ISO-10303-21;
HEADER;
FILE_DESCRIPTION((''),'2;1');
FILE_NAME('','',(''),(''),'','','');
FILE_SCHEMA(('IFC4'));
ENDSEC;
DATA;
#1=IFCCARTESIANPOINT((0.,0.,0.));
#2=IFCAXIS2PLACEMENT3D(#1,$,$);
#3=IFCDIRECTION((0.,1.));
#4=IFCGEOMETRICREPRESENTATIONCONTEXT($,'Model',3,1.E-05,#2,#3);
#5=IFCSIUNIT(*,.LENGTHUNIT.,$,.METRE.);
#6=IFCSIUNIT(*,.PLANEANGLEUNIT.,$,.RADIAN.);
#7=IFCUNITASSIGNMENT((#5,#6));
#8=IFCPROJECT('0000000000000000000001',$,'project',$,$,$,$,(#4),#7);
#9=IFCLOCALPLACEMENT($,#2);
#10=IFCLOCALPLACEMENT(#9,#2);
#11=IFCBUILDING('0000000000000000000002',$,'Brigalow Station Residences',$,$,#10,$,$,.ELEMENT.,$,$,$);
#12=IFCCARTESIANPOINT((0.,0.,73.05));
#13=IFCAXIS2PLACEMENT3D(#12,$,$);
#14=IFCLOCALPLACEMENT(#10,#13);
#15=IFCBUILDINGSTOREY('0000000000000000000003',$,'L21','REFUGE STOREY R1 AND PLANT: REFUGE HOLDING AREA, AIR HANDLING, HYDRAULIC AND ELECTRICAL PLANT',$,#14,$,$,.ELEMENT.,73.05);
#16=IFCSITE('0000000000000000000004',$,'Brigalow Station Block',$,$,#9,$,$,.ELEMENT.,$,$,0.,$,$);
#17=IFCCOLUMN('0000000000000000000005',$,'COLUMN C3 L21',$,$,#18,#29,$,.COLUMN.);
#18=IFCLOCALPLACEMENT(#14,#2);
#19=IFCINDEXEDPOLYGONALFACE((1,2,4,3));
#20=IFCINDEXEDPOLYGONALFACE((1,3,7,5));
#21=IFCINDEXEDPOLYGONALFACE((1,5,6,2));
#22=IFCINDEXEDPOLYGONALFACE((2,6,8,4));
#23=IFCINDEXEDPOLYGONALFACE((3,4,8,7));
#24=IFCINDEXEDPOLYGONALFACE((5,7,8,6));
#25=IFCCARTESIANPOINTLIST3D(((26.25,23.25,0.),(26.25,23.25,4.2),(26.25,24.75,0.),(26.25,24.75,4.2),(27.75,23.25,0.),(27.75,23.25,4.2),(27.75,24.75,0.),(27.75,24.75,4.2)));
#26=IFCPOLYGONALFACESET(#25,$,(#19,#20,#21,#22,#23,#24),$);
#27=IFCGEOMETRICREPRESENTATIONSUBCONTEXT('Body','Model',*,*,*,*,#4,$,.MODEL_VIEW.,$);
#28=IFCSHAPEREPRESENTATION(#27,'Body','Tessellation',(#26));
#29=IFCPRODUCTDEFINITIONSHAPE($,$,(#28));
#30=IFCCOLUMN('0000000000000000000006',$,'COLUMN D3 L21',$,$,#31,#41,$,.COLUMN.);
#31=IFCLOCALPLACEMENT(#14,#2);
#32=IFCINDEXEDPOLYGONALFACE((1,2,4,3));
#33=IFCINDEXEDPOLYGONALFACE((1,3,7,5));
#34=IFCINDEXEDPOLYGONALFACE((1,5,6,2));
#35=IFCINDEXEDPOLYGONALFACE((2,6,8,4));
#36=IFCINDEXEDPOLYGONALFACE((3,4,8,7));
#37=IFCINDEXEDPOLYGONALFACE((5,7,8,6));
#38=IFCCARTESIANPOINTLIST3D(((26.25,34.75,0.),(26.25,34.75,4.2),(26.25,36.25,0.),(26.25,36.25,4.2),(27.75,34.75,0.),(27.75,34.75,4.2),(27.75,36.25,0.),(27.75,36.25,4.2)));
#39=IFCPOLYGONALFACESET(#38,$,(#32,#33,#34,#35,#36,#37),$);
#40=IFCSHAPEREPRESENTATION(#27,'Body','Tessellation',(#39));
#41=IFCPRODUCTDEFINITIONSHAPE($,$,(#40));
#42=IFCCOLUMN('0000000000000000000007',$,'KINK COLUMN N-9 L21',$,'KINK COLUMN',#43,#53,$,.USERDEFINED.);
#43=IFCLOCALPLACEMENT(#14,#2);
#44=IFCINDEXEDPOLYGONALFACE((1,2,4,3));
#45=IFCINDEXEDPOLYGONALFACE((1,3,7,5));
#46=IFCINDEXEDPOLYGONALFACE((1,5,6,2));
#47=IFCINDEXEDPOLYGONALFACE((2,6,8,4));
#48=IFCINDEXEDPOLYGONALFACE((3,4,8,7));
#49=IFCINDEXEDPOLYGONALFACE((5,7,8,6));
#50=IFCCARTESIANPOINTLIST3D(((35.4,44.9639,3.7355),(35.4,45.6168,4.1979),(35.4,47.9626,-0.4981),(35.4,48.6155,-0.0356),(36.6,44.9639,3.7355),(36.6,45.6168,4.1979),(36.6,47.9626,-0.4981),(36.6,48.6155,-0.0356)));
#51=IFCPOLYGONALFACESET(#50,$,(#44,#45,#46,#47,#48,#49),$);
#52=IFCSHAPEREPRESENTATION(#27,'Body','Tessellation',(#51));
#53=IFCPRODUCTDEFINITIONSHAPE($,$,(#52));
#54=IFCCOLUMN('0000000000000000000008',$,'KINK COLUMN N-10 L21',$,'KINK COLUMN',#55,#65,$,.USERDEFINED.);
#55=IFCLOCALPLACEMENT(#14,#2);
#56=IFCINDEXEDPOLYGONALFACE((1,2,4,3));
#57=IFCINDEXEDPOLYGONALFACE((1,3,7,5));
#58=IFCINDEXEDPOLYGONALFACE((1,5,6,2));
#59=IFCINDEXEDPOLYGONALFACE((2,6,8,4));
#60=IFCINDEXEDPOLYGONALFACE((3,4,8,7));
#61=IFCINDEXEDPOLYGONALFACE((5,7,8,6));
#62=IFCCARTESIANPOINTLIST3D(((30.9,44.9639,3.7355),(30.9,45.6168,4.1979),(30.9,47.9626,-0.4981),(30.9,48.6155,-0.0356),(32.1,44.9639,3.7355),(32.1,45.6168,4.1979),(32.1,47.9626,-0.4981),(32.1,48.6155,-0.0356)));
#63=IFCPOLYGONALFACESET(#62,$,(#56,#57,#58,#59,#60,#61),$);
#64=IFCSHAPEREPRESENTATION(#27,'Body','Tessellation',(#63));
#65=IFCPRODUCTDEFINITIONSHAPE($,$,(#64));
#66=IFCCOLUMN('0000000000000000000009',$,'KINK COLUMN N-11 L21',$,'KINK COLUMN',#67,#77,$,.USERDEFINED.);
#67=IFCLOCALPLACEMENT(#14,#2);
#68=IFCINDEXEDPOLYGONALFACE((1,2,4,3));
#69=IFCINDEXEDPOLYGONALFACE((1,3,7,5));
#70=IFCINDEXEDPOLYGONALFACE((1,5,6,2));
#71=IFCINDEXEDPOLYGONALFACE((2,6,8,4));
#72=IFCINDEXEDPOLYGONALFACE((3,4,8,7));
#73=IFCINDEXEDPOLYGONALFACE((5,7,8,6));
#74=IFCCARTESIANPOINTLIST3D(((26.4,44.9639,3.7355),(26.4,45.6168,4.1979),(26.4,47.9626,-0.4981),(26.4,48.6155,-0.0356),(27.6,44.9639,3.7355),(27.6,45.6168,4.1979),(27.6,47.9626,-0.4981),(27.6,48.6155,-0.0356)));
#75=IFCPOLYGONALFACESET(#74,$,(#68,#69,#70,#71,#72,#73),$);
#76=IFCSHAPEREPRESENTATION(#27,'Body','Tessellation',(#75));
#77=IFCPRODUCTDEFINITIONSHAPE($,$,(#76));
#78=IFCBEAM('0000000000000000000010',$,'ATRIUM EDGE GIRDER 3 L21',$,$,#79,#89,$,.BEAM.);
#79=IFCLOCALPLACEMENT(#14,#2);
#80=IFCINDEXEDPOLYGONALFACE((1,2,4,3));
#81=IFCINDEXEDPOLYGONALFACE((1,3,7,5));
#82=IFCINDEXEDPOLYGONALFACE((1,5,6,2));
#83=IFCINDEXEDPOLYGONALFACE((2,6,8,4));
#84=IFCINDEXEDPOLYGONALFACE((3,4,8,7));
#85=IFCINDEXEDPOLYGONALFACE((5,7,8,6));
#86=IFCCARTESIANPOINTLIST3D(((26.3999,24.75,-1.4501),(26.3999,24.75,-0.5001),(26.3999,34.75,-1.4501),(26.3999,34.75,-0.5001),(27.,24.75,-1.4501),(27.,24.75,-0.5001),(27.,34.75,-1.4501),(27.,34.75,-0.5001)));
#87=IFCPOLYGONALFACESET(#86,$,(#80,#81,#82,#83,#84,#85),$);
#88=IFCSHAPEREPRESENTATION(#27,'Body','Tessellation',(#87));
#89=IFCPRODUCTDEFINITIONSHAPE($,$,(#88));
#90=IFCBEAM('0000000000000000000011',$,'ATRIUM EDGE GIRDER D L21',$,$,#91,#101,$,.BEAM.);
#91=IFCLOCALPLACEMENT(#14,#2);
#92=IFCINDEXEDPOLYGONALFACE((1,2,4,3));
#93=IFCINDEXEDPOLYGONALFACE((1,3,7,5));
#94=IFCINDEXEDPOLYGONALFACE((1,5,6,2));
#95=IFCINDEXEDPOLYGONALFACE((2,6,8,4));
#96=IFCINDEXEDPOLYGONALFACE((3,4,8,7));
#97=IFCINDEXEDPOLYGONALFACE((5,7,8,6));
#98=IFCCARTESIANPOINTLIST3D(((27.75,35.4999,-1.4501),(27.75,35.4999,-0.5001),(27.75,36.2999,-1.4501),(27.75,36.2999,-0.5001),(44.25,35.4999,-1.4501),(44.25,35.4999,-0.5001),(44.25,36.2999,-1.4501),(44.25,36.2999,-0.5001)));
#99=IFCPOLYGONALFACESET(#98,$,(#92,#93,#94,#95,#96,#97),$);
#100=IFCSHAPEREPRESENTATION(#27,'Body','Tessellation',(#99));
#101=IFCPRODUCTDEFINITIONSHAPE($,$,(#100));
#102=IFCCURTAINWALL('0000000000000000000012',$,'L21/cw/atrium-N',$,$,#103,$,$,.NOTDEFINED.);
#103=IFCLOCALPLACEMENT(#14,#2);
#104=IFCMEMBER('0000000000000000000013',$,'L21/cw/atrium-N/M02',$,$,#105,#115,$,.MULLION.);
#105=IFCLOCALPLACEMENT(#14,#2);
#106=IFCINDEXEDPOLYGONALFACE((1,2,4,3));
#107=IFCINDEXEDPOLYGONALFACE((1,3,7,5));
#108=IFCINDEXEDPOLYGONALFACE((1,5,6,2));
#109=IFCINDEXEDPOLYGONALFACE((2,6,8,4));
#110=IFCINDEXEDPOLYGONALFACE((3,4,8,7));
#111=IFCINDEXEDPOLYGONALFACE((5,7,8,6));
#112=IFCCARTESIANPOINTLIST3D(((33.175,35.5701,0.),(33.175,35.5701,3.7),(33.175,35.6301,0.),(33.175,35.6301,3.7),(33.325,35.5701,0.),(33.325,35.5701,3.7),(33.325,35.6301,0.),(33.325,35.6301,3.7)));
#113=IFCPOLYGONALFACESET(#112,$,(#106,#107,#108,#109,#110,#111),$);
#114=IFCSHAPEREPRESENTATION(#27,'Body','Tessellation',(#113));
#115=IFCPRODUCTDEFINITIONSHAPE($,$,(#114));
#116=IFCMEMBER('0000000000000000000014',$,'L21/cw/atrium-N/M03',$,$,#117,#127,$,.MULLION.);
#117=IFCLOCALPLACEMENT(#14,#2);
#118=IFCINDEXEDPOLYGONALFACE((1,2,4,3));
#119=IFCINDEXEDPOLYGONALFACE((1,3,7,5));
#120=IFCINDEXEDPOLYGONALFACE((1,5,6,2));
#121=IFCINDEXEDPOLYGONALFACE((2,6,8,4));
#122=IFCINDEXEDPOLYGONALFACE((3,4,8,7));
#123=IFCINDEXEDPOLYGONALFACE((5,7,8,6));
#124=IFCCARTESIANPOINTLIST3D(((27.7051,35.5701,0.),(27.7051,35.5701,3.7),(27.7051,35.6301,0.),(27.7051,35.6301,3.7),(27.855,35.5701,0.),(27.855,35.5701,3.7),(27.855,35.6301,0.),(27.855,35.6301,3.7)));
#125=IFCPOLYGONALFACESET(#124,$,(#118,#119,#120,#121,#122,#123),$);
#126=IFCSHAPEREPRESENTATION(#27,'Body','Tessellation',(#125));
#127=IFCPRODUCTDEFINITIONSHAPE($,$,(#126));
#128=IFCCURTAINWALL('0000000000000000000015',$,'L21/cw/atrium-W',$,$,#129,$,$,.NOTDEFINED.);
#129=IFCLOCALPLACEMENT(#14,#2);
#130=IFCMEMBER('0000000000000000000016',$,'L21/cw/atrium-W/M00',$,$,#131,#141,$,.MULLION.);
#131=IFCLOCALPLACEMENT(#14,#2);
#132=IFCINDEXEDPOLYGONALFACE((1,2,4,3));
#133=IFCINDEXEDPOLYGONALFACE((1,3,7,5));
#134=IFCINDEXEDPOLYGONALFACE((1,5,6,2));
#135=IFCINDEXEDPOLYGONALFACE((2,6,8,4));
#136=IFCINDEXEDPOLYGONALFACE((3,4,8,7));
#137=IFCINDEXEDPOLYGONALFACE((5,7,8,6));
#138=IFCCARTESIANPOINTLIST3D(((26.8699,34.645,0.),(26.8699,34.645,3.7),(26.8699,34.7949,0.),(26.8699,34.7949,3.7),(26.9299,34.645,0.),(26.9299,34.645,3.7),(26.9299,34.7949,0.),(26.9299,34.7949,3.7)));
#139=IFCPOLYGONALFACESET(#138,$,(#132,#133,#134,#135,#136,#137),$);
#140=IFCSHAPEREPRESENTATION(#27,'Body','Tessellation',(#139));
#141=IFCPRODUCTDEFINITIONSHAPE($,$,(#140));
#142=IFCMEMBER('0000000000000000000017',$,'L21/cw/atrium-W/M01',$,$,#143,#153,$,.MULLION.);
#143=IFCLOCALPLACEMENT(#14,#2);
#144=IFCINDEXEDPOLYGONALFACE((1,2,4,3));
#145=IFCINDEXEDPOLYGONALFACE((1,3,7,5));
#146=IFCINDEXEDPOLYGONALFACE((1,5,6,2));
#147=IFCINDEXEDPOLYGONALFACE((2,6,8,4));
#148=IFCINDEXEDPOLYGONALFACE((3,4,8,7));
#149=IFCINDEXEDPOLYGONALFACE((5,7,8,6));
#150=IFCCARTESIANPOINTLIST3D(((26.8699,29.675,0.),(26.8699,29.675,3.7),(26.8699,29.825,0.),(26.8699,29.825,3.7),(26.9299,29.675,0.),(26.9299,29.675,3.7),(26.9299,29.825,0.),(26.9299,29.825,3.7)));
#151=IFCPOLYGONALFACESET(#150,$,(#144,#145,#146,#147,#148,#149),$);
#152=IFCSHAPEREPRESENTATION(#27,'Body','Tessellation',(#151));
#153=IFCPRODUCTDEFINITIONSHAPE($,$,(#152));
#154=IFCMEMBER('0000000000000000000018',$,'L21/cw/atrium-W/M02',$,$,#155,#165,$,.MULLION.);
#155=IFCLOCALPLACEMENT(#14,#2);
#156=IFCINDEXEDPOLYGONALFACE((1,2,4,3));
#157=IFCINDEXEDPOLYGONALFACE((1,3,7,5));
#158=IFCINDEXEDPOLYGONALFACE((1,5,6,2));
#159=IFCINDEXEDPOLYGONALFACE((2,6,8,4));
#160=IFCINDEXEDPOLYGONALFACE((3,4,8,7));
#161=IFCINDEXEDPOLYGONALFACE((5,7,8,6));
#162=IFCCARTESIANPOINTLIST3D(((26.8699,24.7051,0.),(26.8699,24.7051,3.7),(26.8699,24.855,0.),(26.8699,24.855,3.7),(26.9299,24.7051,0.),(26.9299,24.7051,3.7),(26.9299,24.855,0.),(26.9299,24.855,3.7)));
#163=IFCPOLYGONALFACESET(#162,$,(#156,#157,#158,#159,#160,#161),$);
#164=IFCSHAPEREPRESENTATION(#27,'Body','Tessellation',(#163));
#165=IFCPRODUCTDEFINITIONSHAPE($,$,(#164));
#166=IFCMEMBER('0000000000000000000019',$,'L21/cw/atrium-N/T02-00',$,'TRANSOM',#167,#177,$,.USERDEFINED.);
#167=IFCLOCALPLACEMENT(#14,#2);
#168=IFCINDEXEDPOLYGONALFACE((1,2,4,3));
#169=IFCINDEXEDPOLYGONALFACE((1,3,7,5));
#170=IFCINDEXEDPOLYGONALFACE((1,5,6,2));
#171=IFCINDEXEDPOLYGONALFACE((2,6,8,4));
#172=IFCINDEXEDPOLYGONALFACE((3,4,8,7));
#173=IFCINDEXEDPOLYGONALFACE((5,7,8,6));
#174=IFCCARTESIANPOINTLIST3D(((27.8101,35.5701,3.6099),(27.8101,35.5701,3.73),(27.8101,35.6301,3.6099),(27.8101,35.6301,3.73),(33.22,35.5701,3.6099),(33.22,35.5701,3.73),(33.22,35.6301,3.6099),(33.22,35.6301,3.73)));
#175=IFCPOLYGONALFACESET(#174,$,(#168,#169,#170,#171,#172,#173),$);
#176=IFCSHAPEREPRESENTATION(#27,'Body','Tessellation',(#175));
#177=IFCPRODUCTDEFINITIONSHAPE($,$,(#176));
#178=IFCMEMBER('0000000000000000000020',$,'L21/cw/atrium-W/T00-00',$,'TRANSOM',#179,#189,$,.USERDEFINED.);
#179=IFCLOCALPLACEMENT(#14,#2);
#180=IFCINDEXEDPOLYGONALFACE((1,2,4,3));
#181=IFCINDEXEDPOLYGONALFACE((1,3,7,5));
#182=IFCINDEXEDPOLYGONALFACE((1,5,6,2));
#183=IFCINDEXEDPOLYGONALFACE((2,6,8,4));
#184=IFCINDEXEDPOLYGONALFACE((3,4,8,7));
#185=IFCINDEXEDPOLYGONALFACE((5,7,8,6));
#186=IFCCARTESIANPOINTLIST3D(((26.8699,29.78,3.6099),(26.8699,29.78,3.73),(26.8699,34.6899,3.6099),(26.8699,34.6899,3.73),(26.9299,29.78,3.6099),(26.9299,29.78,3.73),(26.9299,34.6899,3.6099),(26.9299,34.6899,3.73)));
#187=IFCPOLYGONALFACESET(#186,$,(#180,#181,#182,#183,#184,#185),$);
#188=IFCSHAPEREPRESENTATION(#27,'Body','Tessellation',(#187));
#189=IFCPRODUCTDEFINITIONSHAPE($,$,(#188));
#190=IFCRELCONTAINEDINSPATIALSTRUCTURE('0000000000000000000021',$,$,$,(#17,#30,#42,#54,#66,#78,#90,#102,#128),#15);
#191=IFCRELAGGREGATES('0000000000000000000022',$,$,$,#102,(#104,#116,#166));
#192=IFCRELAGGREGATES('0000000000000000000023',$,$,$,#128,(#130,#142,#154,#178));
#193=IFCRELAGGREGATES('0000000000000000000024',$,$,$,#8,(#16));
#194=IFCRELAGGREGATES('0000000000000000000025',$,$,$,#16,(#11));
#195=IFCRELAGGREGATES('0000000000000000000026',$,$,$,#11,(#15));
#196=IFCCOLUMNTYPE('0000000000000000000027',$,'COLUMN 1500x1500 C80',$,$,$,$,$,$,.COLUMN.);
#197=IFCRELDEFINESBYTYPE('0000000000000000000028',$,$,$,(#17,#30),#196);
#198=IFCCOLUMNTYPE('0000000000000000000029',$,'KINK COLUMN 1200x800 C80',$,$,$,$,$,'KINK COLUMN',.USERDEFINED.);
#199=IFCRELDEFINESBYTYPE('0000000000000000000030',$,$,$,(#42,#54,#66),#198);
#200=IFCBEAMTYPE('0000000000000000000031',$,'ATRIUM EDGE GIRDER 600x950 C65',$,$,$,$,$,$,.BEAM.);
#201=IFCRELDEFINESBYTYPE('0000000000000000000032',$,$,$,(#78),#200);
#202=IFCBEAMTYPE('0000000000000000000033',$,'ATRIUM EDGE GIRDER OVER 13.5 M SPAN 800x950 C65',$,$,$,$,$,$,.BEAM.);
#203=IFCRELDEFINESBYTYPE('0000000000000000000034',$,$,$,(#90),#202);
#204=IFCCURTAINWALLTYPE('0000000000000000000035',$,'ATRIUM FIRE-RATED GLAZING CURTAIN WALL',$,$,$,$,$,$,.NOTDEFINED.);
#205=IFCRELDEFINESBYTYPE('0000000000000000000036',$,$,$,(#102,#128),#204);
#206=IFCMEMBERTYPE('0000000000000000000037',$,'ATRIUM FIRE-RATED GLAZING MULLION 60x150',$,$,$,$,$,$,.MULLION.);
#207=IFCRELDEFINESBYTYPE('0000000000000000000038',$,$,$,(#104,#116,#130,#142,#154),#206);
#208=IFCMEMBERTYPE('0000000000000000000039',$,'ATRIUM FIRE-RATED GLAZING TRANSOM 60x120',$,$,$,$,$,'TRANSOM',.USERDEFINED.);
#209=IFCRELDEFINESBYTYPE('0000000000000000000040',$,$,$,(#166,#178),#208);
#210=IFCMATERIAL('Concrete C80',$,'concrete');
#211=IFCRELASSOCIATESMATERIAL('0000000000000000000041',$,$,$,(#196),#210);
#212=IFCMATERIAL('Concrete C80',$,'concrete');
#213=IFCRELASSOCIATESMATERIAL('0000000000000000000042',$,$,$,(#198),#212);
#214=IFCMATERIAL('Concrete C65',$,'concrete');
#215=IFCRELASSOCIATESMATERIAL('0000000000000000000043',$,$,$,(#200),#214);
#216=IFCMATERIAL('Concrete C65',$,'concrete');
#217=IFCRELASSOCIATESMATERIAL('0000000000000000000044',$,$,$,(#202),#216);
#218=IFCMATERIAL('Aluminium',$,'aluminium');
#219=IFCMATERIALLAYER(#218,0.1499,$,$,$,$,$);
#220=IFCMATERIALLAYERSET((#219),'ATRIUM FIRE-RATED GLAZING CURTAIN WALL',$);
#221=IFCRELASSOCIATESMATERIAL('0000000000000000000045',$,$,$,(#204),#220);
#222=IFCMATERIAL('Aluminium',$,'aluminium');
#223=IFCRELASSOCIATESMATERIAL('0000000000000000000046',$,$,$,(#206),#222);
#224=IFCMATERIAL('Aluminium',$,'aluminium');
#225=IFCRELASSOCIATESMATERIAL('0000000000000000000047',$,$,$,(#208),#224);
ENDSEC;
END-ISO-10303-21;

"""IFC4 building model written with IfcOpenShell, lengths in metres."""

from ifc_helpers import new_model, si_unit, direction, frame, origin, origin_2d, place, context, subcontext, project, spatial, rectangle, extrude, material, layer, layer_set, material_profile, profile_set, type_object, element, aggregate, save


model = new_model("IFC4")

# Units and contexts
model_context = context("Model", 3, precision=1e-05, world=origin(), true_north=direction((0.0, 1.0)))
body_context = subcontext(model_context, "Body", "Model", "MODEL_VIEW")
ifc_project = project(units=[si_unit("LENGTHUNIT", "METRE"), si_unit("PLANEANGLEUNIT", "RADIAN")], contexts=[model_context])

# Site, building, storey
site_placement = place(None, origin())
site = spatial("IfcSite", under=ifc_project, at=site_placement, Name="Brigalow Station Block", CompositionType="ELEMENT", RefElevation=0.0)
building_placement = place(site_placement, origin())
building = spatial("IfcBuilding", under=site, at=building_placement, Name="Brigalow Station Residences", CompositionType="ELEMENT")
storey_placement = place(building_placement, frame((0.0, 0.0, 73.05)))
storey = spatial("IfcBuildingStorey", under=building, at=storey_placement, Name="L21", Description="REFUGE STOREY R1 AND PLANT: REFUGE HOLDING AREA, AIR HANDLING, HYDRAULIC AND ELECTRICAL PLANT", CompositionType="ELEMENT", Elevation=73.05)

# Columns
ifc_material_1 = material(Name="Concrete C80", Category="concrete")
ifc_material_profile_1 = material_profile(ifc_material_1, rectangle(XDim=1.5, YDim=1.5, at=origin_2d()), Name="RC1500x1500")
ifc_profile_set_1 = profile_set([ifc_material_profile_1], Name="Concrete C80")
column_type_1 = type_object("IfcColumnType", Name="COLUMN 1500x1500 C80", PredefinedType="COLUMN", material=ifc_profile_set_1)
for number, where, z_axis, x_axis, name in (
    (1, (27.0, 24.0, 0.0), (0.0, 0.0, 1.0), (1.0, 0.0, 0.0), "COLUMN C3 L21"),
    (2, (27.0, 35.5, 0.0), (0.0, 0.0, 1.0), (1.0, 0.0, 0.0), "COLUMN D3 L21"),
):
    element("IfcColumn", number, at=place(storey_placement, frame(where, z_axis=z_axis, x_axis=x_axis)), inside=storey, type_object=column_type_1, Name=name, PredefinedType="COLUMN", context=body_context, shape_type="SweptSolid", body=[
        extrude(rectangle(XDim=1.5, YDim=1.5, at=origin_2d()), origin(), (0.0, 0.0, 1.0), 4.2),
    ])
ifc_material_2 = material(Name="Concrete C80", Category="concrete")
ifc_material_profile_2 = material_profile(ifc_material_2, rectangle(XDim=1.2, YDim=0.8, at=origin_2d()), Name="RC1200x800")
ifc_profile_set_2 = profile_set([ifc_material_profile_2], Name="Concrete C80")
column_type_2 = type_object("IfcColumnType", Name="KINK COLUMN 1200x800 C80", ElementType="KINK COLUMN", PredefinedType="USERDEFINED", material=ifc_profile_set_2)
for number, where, z_axis, x_axis, name in (
    (3, (36.0, 48.2891, -0.2668), (0.0, -0.578011, 0.816029), (1.0, 0.0, 0.0), "KINK COLUMN N-9 L21"),
    (4, (31.5, 48.2891, -0.2668), (0.0, -0.578011, 0.816029), (1.0, 0.0, 0.0), "KINK COLUMN N-10 L21"),
    (5, (27.0, 48.2891, -0.2668), (0.0, -0.578011, 0.816029), (1.0, 0.0, 0.0), "KINK COLUMN N-11 L21"),
):
    element("IfcColumn", number, at=place(storey_placement, frame(where, z_axis=z_axis, x_axis=x_axis)), inside=storey, type_object=column_type_2, Name=name, ObjectType="KINK COLUMN", PredefinedType="USERDEFINED", context=body_context, shape_type="SweptSolid", body=[
        extrude(rectangle(XDim=1.2, YDim=0.8, at=origin_2d()), origin(), (0.0, 0.0, 1.0), 5.188),
    ])

# Beams
ifc_material_3 = material(Name="Concrete C65", Category="concrete")
ifc_material_profile_3 = material_profile(ifc_material_3, rectangle(XDim=0.6001, YDim=0.95, at=origin_2d()), Name="RC600x950")
ifc_profile_set_3 = profile_set([ifc_material_profile_3], Name="Concrete C65")
beam_type_1 = type_object("IfcBeamType", Name="ATRIUM EDGE GIRDER 600x950 C65", PredefinedType="BEAM", material=ifc_profile_set_3)
beam_1_placement = place(storey_placement, frame((26.7, 24.75, -0.9751), z_axis=(0.0, 1.0, 0.0), x_axis=(-1.0, 0.0, 0.0)))
element("IfcBeam", 6, at=beam_1_placement, inside=storey, type_object=beam_type_1, Name="ATRIUM EDGE GIRDER 3 L21", PredefinedType="BEAM", context=body_context, shape_type="SweptSolid", body=[
    extrude(rectangle(XDim=0.6001, YDim=0.95, at=origin_2d()), origin(), (0.0, 0.0, 1.0), 10.0),
])
ifc_material_4 = material(Name="Concrete C65", Category="concrete")
ifc_material_profile_4 = material_profile(ifc_material_4, rectangle(XDim=0.8, YDim=0.95, at=origin_2d()), Name="RC800x950")
ifc_profile_set_4 = profile_set([ifc_material_profile_4], Name="Concrete C65")
beam_type_2 = type_object("IfcBeamType", Name="ATRIUM EDGE GIRDER OVER 13.5 M SPAN 800x950 C65", PredefinedType="BEAM", material=ifc_profile_set_4)
beam_2_placement = place(storey_placement, frame((27.75, 35.8999, -0.9751), z_axis=(1.0, 0.0, 0.0), x_axis=(0.0, 1.0, 0.0)))
element("IfcBeam", 7, at=beam_2_placement, inside=storey, type_object=beam_type_2, Name="ATRIUM EDGE GIRDER D L21", PredefinedType="BEAM", context=body_context, shape_type="SweptSolid", body=[
    extrude(rectangle(XDim=0.8, YDim=0.95, at=origin_2d()), origin(), (0.0, 0.0, 1.0), 16.5),
])

# Curtain walls, members
ifc_material_5 = material(Name="Aluminium", Category="aluminium")
ifc_layer_1 = layer(ifc_material_5, 0.1499)
ifc_layer_set_1 = layer_set([ifc_layer_1], Name="ATRIUM FIRE-RATED GLAZING CURTAIN WALL")
curtain_wall_type_1 = type_object("IfcCurtainWallType", Name="ATRIUM FIRE-RATED GLAZING CURTAIN WALL", PredefinedType="NOTDEFINED", material=ifc_layer_set_1)
curtain_wall_1_placement = place(storey_placement, origin())
curtain_wall_1 = element("IfcCurtainWall", 8, at=curtain_wall_1_placement, inside=storey, type_object=curtain_wall_type_1, Name="L21/cw/atrium-N", PredefinedType="NOTDEFINED")
ifc_material_6 = material(Name="Aluminium", Category="aluminium")
ifc_material_profile_5 = material_profile(ifc_material_6, rectangle(XDim=0.0601, YDim=0.1499, at=origin_2d()), Name="ATRIUM FIRE-RATED GLAZING MULLION 60x150")
ifc_profile_set_5 = profile_set([ifc_material_profile_5], Name="Aluminium")
member_type_1 = type_object("IfcMemberType", Name="ATRIUM FIRE-RATED GLAZING MULLION 60x150", PredefinedType="MULLION", material=ifc_profile_set_5)
member_1_placement = place(storey_placement, frame((33.25, 35.6001, 0.0), z_axis=(0.0, 0.0, 1.0), x_axis=(0.0, -1.0, 0.0)))
member_1 = element("IfcMember", 9, at=member_1_placement, type_object=member_type_1, Name="L21/cw/atrium-N/M02", PredefinedType="MULLION", context=body_context, shape_type="SweptSolid", body=[
    extrude(rectangle(XDim=0.0601, YDim=0.1499, at=origin_2d()), origin(), (0.0, 0.0, 1.0), 3.7),
])
member_2_placement = place(storey_placement, frame((27.78, 35.6001, 0.0), z_axis=(0.0, 0.0, 1.0), x_axis=(0.0, -1.0, 0.0)))
member_2 = element("IfcMember", 10, at=member_2_placement, type_object=member_type_1, Name="L21/cw/atrium-N/M03", PredefinedType="MULLION", context=body_context, shape_type="SweptSolid", body=[
    extrude(rectangle(XDim=0.0601, YDim=0.1499, at=origin_2d()), origin(), (0.0, 0.0, 1.0), 3.7),
])
curtain_wall_2_placement = place(storey_placement, origin())
curtain_wall_2 = element("IfcCurtainWall", 11, at=curtain_wall_2_placement, inside=storey, type_object=curtain_wall_type_1, Name="L21/cw/atrium-W", PredefinedType="NOTDEFINED")
member_3_placement = place(storey_placement, frame((26.8999, 34.72, 0.0), z_axis=(0.0, 0.0, 1.0), x_axis=(1.0, 0.0, 0.0)))
member_3 = element("IfcMember", 12, at=member_3_placement, type_object=member_type_1, Name="L21/cw/atrium-W/M00", PredefinedType="MULLION", context=body_context, shape_type="SweptSolid", body=[
    extrude(rectangle(XDim=0.0601, YDim=0.1499, at=origin_2d()), origin(), (0.0, 0.0, 1.0), 3.7),
])
member_4_placement = place(storey_placement, frame((26.8999, 29.75, 0.0), z_axis=(0.0, 0.0, 1.0), x_axis=(1.0, 0.0, 0.0)))
member_4 = element("IfcMember", 13, at=member_4_placement, type_object=member_type_1, Name="L21/cw/atrium-W/M01", PredefinedType="MULLION", context=body_context, shape_type="SweptSolid", body=[
    extrude(rectangle(XDim=0.0601, YDim=0.1499, at=origin_2d()), origin(), (0.0, 0.0, 1.0), 3.7),
])
member_5_placement = place(storey_placement, frame((26.8999, 24.78, 0.0), z_axis=(0.0, 0.0, 1.0), x_axis=(1.0, 0.0, 0.0)))
member_5 = element("IfcMember", 14, at=member_5_placement, type_object=member_type_1, Name="L21/cw/atrium-W/M02", PredefinedType="MULLION", context=body_context, shape_type="SweptSolid", body=[
    extrude(rectangle(XDim=0.0601, YDim=0.1499, at=origin_2d()), origin(), (0.0, 0.0, 1.0), 3.7),
])

# Members
ifc_material_7 = material(Name="Aluminium", Category="aluminium")
ifc_material_profile_6 = material_profile(ifc_material_7, rectangle(XDim=0.0601, YDim=0.1201, at=origin_2d()), Name="ATRIUM FIRE-RATED GLAZING TRANSOM 60x120")
ifc_profile_set_6 = profile_set([ifc_material_profile_6], Name="Aluminium")
member_type_2 = type_object("IfcMemberType", Name="ATRIUM FIRE-RATED GLAZING TRANSOM 60x120", ElementType="TRANSOM", PredefinedType="USERDEFINED", material=ifc_profile_set_6)
member_6_placement = place(storey_placement, frame((33.22, 35.6001, 3.6699), z_axis=(-1.0, 0.0, 0.0), x_axis=(0.0, -1.0, 0.0)))
member_6 = element("IfcMember", 15, at=member_6_placement, type_object=member_type_2, Name="L21/cw/atrium-N/T02-00", ObjectType="TRANSOM", PredefinedType="USERDEFINED", context=body_context, shape_type="SweptSolid", body=[
    extrude(rectangle(XDim=0.0601, YDim=0.1201, at=origin_2d()), origin(), (0.0, 0.0, 1.0), 5.4099),
])
member_7_placement = place(storey_placement, frame((26.8999, 34.6899, 3.6699), z_axis=(0.0, -1.0, 0.0), x_axis=(1.0, 0.0, 0.0)))
member_7 = element("IfcMember", 16, at=member_7_placement, type_object=member_type_2, Name="L21/cw/atrium-W/T00-00", ObjectType="TRANSOM", PredefinedType="USERDEFINED", context=body_context, shape_type="SweptSolid", body=[
    extrude(rectangle(XDim=0.0601, YDim=0.1201, at=origin_2d()), origin(), (0.0, 0.0, 1.0), 4.9099),
])

aggregate(curtain_wall_1, [member_1, member_2, member_6])
aggregate(curtain_wall_2, [member_3, member_4, member_5, member_7])

save(model, "model.ifc")
